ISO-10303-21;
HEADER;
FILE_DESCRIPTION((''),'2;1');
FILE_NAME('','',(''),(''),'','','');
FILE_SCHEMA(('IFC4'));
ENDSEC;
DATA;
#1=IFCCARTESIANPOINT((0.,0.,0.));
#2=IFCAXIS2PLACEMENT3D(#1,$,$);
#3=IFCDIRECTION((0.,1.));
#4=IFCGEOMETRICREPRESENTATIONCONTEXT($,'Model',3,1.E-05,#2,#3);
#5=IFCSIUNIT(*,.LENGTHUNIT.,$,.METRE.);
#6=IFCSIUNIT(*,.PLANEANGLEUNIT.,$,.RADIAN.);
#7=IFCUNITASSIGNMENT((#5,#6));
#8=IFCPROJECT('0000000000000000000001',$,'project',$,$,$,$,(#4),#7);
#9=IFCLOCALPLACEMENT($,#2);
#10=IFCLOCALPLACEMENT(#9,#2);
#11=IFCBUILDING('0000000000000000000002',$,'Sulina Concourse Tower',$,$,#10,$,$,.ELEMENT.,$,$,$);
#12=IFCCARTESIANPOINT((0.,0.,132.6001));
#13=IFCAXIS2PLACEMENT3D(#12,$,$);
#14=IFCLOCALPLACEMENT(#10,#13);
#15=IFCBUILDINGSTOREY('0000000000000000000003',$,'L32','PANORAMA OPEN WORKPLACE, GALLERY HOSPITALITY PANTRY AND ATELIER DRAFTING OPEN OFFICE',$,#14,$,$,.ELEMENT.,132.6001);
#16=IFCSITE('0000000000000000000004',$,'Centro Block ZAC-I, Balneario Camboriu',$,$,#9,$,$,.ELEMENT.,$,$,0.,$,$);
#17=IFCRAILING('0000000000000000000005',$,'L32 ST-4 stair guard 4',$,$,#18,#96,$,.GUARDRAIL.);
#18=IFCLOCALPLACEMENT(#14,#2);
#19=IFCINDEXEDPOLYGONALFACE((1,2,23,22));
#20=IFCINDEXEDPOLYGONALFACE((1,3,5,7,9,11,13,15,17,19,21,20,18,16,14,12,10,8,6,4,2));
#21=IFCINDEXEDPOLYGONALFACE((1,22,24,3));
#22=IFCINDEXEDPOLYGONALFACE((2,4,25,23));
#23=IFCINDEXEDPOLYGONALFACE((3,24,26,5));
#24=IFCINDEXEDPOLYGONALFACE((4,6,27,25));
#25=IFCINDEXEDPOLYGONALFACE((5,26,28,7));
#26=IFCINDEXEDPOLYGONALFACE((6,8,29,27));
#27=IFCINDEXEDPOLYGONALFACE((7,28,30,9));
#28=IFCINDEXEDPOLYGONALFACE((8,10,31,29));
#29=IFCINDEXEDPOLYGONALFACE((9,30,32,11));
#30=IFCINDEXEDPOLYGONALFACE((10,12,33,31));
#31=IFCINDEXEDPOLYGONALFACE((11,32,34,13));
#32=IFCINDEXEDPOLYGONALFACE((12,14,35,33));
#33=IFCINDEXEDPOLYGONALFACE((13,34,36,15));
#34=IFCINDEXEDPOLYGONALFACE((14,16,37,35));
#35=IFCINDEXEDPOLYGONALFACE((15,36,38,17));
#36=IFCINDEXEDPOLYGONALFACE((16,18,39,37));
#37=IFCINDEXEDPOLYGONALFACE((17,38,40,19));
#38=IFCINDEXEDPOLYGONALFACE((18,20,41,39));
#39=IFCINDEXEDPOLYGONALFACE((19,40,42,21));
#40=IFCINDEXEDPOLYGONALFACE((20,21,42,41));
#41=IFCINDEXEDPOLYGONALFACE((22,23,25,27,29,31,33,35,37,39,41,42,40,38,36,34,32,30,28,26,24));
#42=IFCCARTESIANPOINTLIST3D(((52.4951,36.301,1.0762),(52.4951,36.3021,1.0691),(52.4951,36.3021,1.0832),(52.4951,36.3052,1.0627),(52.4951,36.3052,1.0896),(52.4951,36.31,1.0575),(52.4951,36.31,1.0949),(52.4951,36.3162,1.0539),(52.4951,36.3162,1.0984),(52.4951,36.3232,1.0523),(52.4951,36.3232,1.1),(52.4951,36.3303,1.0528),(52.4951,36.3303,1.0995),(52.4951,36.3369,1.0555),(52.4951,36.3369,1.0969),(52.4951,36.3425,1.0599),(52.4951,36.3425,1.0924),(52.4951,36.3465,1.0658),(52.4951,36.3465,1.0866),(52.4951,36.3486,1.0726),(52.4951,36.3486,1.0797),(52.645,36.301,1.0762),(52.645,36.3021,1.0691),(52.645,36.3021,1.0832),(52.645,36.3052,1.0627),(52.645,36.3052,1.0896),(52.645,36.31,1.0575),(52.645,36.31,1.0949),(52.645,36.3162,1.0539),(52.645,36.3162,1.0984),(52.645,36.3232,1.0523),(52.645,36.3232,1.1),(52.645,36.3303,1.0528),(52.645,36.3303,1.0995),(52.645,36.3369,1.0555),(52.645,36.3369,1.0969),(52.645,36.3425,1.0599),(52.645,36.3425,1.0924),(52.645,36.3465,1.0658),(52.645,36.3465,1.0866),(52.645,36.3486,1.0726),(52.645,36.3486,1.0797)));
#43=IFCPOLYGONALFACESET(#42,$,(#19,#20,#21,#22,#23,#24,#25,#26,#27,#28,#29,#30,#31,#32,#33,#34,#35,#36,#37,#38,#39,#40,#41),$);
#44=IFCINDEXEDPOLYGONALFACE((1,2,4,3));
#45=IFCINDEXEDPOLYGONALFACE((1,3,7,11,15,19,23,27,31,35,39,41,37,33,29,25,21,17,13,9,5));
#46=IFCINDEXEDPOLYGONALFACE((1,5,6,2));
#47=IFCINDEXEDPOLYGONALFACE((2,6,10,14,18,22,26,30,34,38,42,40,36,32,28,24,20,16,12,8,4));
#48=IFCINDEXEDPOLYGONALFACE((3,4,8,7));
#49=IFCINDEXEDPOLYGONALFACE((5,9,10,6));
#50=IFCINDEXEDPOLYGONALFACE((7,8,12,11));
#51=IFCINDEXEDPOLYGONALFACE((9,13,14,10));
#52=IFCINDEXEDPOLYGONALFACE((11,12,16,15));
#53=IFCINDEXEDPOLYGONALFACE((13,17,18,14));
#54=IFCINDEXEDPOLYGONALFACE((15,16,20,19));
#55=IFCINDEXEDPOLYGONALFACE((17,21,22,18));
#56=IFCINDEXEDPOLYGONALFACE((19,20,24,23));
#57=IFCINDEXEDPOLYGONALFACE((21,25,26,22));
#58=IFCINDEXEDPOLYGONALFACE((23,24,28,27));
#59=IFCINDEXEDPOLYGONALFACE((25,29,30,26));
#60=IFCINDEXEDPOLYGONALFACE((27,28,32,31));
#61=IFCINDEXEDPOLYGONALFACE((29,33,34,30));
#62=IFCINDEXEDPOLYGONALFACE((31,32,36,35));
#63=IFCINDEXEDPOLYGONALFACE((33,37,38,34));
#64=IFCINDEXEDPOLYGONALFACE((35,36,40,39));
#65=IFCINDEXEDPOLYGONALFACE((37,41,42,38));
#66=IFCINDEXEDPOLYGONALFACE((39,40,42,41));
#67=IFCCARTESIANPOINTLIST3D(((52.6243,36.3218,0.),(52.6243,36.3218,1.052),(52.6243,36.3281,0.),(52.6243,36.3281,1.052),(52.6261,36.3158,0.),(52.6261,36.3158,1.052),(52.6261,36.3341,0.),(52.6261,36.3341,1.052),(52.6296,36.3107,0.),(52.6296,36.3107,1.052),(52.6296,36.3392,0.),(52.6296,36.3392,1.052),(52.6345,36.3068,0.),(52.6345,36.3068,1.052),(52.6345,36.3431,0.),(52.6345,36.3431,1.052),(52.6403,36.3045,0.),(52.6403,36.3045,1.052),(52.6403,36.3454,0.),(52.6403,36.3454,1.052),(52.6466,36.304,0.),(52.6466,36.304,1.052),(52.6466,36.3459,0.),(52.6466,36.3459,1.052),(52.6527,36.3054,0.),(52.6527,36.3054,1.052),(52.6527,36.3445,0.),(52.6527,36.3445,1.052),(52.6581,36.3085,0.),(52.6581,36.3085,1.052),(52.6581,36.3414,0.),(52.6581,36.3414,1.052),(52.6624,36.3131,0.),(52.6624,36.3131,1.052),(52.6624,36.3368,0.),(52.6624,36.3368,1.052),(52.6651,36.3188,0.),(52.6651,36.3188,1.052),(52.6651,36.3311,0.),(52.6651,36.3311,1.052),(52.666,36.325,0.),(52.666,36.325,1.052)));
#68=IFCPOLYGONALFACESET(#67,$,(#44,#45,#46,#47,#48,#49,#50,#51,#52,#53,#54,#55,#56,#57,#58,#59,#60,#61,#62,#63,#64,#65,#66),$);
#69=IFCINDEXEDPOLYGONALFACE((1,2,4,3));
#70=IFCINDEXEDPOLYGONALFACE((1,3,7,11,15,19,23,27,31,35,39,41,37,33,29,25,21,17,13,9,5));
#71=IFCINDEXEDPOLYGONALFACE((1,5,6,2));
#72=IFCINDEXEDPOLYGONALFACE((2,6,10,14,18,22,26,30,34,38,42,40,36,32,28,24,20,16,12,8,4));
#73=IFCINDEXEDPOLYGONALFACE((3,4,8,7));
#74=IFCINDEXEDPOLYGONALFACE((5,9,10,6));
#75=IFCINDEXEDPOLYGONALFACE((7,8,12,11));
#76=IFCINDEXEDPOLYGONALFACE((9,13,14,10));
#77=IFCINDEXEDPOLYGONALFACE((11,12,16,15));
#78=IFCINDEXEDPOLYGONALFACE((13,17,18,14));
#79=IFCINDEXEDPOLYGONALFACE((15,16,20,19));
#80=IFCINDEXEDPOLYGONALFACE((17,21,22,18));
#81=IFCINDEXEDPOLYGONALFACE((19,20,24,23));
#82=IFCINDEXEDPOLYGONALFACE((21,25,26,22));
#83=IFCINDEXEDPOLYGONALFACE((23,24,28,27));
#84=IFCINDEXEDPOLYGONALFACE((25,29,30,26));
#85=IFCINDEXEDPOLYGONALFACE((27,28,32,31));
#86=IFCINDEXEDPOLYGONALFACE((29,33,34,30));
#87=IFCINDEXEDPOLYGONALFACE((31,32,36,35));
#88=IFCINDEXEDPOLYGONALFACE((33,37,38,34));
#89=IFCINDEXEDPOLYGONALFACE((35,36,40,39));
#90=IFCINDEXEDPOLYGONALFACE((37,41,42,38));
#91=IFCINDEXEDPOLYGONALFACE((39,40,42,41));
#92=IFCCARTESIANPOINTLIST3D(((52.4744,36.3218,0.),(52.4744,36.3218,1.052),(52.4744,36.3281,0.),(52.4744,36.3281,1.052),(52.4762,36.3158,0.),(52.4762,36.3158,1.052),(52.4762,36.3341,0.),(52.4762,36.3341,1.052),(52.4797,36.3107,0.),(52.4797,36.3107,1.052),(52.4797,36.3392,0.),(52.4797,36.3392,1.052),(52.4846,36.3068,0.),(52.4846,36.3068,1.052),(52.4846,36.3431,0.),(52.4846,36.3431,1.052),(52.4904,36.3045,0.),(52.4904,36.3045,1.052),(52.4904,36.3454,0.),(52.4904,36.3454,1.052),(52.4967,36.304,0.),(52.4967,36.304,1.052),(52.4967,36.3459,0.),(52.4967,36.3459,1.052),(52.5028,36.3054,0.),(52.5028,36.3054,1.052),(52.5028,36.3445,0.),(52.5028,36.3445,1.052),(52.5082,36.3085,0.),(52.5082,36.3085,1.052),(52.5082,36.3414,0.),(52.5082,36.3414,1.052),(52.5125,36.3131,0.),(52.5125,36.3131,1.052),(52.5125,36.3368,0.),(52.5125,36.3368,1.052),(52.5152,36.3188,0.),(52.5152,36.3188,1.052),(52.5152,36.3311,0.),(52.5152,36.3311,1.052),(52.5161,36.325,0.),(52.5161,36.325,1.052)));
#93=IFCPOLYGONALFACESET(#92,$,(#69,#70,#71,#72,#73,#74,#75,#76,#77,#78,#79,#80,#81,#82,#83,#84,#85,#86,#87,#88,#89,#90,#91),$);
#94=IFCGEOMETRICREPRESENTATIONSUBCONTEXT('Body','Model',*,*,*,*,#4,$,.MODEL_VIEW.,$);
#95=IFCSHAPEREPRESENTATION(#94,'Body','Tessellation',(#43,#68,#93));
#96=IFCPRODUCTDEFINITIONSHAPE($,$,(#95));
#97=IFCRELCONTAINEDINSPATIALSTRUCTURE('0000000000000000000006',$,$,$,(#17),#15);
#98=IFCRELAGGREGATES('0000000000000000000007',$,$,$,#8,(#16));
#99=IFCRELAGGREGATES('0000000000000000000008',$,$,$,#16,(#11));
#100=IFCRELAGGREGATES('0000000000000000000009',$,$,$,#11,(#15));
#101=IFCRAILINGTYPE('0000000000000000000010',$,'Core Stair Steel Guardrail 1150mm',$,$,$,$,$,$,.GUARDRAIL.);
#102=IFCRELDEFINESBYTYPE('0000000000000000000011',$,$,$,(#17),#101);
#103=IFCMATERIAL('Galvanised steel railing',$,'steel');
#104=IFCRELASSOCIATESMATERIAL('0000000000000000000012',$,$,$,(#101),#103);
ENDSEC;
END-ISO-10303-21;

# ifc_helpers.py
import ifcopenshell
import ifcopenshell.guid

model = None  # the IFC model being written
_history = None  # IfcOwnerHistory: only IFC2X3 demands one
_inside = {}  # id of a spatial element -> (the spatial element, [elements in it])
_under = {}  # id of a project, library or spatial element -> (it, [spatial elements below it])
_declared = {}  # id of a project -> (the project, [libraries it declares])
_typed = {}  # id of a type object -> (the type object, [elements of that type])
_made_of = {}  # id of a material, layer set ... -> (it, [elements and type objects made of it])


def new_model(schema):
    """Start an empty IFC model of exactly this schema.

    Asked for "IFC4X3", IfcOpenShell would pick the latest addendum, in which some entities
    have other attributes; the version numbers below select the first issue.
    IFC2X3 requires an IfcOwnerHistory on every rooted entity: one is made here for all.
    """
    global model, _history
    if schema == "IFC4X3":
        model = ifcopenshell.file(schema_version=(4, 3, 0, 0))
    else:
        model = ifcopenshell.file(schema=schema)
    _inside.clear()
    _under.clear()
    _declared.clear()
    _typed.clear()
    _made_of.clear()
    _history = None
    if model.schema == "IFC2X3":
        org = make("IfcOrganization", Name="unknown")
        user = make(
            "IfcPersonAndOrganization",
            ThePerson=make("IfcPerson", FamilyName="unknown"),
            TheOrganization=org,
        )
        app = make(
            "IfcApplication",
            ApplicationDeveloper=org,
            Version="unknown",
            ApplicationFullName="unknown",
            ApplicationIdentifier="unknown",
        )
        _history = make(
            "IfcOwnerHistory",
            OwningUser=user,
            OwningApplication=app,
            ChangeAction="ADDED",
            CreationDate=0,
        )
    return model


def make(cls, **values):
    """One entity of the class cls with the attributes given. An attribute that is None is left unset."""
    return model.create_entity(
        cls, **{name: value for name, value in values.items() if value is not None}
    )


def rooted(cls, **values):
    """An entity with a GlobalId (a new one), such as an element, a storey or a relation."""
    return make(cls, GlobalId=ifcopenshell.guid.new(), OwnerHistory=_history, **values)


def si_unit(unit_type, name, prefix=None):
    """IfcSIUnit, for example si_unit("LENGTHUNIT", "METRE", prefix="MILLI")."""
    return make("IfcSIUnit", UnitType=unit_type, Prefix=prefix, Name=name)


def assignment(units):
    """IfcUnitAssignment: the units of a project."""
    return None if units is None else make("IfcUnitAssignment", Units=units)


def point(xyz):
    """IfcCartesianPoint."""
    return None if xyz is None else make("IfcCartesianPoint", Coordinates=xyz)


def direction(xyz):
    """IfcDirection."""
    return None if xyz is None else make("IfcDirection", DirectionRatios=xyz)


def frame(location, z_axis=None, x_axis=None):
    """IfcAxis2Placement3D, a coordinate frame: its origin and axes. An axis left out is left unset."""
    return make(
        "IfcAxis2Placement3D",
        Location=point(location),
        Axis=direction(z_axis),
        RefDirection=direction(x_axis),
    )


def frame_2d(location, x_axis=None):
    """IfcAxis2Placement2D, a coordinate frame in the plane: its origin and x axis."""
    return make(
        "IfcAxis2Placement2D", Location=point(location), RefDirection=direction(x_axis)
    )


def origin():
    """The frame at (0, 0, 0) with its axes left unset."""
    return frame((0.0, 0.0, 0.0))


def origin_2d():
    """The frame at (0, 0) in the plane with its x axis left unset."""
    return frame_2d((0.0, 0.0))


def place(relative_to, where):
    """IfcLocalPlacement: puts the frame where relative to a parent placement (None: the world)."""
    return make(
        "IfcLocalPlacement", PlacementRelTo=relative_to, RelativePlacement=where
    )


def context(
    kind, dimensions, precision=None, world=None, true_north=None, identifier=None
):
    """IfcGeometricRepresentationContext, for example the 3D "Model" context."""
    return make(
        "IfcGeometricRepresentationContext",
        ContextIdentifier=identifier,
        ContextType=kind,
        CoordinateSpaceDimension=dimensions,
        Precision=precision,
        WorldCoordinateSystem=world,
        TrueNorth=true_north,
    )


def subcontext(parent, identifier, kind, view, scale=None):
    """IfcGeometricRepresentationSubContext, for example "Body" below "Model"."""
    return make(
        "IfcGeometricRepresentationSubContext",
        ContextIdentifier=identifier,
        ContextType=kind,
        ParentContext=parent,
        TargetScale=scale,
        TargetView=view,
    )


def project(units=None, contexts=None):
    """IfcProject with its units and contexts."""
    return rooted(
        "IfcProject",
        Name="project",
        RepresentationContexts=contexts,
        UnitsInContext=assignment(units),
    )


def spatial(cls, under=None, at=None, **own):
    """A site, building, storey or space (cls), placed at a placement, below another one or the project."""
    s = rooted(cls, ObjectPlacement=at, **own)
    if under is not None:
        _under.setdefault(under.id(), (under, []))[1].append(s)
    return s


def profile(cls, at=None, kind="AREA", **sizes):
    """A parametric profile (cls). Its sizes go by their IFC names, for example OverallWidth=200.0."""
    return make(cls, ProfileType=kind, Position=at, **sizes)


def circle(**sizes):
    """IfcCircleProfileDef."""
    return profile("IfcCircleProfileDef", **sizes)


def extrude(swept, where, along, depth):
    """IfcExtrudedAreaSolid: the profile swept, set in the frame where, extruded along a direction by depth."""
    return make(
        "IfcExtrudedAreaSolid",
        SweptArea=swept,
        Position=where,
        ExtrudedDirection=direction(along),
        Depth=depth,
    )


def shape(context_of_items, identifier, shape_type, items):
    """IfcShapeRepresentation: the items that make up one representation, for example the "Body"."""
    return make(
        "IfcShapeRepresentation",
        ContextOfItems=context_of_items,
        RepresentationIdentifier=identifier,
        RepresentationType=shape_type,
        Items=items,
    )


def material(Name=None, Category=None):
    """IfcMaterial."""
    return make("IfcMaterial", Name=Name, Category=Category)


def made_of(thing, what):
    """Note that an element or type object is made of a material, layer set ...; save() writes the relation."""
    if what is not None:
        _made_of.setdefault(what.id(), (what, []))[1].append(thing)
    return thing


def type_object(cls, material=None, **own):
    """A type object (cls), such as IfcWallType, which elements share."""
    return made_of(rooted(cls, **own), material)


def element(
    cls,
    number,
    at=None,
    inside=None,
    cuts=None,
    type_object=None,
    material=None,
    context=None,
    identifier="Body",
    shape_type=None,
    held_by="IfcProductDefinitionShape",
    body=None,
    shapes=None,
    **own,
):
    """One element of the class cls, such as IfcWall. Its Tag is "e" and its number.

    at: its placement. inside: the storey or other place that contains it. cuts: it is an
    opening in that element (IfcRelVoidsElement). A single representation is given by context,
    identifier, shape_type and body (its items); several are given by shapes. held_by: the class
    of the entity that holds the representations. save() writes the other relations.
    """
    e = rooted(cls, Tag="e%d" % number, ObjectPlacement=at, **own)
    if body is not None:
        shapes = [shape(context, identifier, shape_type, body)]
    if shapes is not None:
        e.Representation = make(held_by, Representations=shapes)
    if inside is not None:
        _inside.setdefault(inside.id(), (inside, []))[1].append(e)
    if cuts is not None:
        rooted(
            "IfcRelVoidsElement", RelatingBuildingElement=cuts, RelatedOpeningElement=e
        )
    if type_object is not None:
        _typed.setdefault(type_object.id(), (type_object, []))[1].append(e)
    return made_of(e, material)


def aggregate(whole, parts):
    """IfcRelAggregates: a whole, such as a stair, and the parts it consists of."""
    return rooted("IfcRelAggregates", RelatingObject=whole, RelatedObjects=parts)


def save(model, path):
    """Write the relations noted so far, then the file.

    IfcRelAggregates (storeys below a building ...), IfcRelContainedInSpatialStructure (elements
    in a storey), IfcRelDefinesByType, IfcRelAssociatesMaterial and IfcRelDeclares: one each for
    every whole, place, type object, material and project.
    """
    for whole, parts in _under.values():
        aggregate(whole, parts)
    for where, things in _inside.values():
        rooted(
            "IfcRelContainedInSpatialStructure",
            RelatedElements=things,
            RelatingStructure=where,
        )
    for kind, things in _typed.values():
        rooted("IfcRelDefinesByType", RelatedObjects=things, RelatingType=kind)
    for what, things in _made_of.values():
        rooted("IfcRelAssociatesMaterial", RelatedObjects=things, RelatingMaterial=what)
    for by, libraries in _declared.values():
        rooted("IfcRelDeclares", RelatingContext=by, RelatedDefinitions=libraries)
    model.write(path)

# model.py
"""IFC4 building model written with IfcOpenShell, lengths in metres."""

from ifc_helpers import new_model, si_unit, direction, frame, origin, origin_2d, place, context, subcontext, project, spatial, circle, extrude, material, type_object, element, save


model = new_model("IFC4")

# Units and contexts
model_context = context("Model", 3, precision=1e-05, world=origin(), true_north=direction((0.0, 1.0)))
body_context = subcontext(model_context, "Body", "Model", "MODEL_VIEW")
ifc_project = project(units=[si_unit("LENGTHUNIT", "METRE"), si_unit("PLANEANGLEUNIT", "RADIAN")], contexts=[model_context])

# Site, building, storey
site_placement = place(None, origin())
site = spatial("IfcSite", under=ifc_project, at=site_placement, Name="Centro Block ZAC-I, Balneario Camboriu", CompositionType="ELEMENT", RefElevation=0.0)
building_placement = place(site_placement, origin())
building = spatial("IfcBuilding", under=site, at=building_placement, Name="Sulina Concourse Tower", CompositionType="ELEMENT")
storey_placement = place(building_placement, frame((0.0, 0.0, 132.6001)))
storey = spatial("IfcBuildingStorey", under=building, at=storey_placement, Name="L32", Description="PANORAMA OPEN WORKPLACE, GALLERY HOSPITALITY PANTRY AND ATELIER DRAFTING OPEN OFFICE", CompositionType="ELEMENT", Elevation=132.6001)

# Railing
ifc_material_1 = material(Name="Galvanised steel railing", Category="steel")
railing_type_1 = type_object("IfcRailingType", Name="Core Stair Steel Guardrail 1150mm", PredefinedType="GUARDRAIL", material=ifc_material_1)
railing_1_placement = place(storey_placement, frame((52.645, 36.325, 0.0)))
element("IfcRailing", 1, at=railing_1_placement, inside=storey, type_object=railing_type_1, Name="L32 ST-4 stair guard 4", PredefinedType="GUARDRAIL", context=body_context, shape_type="SweptSolid", body=[
    extrude(circle(Radius=0.0239, at=origin_2d()), frame((0.0, 0.0, 1.0762), z_axis=(-1.0, 0.0, 0.0), x_axis=(0.0, -1.0, 0.0)), (0.0, 0.0, 1.0), 0.1499),
    extrude(circle(Radius=0.021, at=origin_2d()), origin(), (0.0, 0.0, 1.0), 1.052),
    extrude(circle(Radius=0.021, at=origin_2d()), frame((-0.1499, 0.0, 0.0)), (0.0, 0.0, 1.0), 1.052),
])

save(model, "model.ifc")
